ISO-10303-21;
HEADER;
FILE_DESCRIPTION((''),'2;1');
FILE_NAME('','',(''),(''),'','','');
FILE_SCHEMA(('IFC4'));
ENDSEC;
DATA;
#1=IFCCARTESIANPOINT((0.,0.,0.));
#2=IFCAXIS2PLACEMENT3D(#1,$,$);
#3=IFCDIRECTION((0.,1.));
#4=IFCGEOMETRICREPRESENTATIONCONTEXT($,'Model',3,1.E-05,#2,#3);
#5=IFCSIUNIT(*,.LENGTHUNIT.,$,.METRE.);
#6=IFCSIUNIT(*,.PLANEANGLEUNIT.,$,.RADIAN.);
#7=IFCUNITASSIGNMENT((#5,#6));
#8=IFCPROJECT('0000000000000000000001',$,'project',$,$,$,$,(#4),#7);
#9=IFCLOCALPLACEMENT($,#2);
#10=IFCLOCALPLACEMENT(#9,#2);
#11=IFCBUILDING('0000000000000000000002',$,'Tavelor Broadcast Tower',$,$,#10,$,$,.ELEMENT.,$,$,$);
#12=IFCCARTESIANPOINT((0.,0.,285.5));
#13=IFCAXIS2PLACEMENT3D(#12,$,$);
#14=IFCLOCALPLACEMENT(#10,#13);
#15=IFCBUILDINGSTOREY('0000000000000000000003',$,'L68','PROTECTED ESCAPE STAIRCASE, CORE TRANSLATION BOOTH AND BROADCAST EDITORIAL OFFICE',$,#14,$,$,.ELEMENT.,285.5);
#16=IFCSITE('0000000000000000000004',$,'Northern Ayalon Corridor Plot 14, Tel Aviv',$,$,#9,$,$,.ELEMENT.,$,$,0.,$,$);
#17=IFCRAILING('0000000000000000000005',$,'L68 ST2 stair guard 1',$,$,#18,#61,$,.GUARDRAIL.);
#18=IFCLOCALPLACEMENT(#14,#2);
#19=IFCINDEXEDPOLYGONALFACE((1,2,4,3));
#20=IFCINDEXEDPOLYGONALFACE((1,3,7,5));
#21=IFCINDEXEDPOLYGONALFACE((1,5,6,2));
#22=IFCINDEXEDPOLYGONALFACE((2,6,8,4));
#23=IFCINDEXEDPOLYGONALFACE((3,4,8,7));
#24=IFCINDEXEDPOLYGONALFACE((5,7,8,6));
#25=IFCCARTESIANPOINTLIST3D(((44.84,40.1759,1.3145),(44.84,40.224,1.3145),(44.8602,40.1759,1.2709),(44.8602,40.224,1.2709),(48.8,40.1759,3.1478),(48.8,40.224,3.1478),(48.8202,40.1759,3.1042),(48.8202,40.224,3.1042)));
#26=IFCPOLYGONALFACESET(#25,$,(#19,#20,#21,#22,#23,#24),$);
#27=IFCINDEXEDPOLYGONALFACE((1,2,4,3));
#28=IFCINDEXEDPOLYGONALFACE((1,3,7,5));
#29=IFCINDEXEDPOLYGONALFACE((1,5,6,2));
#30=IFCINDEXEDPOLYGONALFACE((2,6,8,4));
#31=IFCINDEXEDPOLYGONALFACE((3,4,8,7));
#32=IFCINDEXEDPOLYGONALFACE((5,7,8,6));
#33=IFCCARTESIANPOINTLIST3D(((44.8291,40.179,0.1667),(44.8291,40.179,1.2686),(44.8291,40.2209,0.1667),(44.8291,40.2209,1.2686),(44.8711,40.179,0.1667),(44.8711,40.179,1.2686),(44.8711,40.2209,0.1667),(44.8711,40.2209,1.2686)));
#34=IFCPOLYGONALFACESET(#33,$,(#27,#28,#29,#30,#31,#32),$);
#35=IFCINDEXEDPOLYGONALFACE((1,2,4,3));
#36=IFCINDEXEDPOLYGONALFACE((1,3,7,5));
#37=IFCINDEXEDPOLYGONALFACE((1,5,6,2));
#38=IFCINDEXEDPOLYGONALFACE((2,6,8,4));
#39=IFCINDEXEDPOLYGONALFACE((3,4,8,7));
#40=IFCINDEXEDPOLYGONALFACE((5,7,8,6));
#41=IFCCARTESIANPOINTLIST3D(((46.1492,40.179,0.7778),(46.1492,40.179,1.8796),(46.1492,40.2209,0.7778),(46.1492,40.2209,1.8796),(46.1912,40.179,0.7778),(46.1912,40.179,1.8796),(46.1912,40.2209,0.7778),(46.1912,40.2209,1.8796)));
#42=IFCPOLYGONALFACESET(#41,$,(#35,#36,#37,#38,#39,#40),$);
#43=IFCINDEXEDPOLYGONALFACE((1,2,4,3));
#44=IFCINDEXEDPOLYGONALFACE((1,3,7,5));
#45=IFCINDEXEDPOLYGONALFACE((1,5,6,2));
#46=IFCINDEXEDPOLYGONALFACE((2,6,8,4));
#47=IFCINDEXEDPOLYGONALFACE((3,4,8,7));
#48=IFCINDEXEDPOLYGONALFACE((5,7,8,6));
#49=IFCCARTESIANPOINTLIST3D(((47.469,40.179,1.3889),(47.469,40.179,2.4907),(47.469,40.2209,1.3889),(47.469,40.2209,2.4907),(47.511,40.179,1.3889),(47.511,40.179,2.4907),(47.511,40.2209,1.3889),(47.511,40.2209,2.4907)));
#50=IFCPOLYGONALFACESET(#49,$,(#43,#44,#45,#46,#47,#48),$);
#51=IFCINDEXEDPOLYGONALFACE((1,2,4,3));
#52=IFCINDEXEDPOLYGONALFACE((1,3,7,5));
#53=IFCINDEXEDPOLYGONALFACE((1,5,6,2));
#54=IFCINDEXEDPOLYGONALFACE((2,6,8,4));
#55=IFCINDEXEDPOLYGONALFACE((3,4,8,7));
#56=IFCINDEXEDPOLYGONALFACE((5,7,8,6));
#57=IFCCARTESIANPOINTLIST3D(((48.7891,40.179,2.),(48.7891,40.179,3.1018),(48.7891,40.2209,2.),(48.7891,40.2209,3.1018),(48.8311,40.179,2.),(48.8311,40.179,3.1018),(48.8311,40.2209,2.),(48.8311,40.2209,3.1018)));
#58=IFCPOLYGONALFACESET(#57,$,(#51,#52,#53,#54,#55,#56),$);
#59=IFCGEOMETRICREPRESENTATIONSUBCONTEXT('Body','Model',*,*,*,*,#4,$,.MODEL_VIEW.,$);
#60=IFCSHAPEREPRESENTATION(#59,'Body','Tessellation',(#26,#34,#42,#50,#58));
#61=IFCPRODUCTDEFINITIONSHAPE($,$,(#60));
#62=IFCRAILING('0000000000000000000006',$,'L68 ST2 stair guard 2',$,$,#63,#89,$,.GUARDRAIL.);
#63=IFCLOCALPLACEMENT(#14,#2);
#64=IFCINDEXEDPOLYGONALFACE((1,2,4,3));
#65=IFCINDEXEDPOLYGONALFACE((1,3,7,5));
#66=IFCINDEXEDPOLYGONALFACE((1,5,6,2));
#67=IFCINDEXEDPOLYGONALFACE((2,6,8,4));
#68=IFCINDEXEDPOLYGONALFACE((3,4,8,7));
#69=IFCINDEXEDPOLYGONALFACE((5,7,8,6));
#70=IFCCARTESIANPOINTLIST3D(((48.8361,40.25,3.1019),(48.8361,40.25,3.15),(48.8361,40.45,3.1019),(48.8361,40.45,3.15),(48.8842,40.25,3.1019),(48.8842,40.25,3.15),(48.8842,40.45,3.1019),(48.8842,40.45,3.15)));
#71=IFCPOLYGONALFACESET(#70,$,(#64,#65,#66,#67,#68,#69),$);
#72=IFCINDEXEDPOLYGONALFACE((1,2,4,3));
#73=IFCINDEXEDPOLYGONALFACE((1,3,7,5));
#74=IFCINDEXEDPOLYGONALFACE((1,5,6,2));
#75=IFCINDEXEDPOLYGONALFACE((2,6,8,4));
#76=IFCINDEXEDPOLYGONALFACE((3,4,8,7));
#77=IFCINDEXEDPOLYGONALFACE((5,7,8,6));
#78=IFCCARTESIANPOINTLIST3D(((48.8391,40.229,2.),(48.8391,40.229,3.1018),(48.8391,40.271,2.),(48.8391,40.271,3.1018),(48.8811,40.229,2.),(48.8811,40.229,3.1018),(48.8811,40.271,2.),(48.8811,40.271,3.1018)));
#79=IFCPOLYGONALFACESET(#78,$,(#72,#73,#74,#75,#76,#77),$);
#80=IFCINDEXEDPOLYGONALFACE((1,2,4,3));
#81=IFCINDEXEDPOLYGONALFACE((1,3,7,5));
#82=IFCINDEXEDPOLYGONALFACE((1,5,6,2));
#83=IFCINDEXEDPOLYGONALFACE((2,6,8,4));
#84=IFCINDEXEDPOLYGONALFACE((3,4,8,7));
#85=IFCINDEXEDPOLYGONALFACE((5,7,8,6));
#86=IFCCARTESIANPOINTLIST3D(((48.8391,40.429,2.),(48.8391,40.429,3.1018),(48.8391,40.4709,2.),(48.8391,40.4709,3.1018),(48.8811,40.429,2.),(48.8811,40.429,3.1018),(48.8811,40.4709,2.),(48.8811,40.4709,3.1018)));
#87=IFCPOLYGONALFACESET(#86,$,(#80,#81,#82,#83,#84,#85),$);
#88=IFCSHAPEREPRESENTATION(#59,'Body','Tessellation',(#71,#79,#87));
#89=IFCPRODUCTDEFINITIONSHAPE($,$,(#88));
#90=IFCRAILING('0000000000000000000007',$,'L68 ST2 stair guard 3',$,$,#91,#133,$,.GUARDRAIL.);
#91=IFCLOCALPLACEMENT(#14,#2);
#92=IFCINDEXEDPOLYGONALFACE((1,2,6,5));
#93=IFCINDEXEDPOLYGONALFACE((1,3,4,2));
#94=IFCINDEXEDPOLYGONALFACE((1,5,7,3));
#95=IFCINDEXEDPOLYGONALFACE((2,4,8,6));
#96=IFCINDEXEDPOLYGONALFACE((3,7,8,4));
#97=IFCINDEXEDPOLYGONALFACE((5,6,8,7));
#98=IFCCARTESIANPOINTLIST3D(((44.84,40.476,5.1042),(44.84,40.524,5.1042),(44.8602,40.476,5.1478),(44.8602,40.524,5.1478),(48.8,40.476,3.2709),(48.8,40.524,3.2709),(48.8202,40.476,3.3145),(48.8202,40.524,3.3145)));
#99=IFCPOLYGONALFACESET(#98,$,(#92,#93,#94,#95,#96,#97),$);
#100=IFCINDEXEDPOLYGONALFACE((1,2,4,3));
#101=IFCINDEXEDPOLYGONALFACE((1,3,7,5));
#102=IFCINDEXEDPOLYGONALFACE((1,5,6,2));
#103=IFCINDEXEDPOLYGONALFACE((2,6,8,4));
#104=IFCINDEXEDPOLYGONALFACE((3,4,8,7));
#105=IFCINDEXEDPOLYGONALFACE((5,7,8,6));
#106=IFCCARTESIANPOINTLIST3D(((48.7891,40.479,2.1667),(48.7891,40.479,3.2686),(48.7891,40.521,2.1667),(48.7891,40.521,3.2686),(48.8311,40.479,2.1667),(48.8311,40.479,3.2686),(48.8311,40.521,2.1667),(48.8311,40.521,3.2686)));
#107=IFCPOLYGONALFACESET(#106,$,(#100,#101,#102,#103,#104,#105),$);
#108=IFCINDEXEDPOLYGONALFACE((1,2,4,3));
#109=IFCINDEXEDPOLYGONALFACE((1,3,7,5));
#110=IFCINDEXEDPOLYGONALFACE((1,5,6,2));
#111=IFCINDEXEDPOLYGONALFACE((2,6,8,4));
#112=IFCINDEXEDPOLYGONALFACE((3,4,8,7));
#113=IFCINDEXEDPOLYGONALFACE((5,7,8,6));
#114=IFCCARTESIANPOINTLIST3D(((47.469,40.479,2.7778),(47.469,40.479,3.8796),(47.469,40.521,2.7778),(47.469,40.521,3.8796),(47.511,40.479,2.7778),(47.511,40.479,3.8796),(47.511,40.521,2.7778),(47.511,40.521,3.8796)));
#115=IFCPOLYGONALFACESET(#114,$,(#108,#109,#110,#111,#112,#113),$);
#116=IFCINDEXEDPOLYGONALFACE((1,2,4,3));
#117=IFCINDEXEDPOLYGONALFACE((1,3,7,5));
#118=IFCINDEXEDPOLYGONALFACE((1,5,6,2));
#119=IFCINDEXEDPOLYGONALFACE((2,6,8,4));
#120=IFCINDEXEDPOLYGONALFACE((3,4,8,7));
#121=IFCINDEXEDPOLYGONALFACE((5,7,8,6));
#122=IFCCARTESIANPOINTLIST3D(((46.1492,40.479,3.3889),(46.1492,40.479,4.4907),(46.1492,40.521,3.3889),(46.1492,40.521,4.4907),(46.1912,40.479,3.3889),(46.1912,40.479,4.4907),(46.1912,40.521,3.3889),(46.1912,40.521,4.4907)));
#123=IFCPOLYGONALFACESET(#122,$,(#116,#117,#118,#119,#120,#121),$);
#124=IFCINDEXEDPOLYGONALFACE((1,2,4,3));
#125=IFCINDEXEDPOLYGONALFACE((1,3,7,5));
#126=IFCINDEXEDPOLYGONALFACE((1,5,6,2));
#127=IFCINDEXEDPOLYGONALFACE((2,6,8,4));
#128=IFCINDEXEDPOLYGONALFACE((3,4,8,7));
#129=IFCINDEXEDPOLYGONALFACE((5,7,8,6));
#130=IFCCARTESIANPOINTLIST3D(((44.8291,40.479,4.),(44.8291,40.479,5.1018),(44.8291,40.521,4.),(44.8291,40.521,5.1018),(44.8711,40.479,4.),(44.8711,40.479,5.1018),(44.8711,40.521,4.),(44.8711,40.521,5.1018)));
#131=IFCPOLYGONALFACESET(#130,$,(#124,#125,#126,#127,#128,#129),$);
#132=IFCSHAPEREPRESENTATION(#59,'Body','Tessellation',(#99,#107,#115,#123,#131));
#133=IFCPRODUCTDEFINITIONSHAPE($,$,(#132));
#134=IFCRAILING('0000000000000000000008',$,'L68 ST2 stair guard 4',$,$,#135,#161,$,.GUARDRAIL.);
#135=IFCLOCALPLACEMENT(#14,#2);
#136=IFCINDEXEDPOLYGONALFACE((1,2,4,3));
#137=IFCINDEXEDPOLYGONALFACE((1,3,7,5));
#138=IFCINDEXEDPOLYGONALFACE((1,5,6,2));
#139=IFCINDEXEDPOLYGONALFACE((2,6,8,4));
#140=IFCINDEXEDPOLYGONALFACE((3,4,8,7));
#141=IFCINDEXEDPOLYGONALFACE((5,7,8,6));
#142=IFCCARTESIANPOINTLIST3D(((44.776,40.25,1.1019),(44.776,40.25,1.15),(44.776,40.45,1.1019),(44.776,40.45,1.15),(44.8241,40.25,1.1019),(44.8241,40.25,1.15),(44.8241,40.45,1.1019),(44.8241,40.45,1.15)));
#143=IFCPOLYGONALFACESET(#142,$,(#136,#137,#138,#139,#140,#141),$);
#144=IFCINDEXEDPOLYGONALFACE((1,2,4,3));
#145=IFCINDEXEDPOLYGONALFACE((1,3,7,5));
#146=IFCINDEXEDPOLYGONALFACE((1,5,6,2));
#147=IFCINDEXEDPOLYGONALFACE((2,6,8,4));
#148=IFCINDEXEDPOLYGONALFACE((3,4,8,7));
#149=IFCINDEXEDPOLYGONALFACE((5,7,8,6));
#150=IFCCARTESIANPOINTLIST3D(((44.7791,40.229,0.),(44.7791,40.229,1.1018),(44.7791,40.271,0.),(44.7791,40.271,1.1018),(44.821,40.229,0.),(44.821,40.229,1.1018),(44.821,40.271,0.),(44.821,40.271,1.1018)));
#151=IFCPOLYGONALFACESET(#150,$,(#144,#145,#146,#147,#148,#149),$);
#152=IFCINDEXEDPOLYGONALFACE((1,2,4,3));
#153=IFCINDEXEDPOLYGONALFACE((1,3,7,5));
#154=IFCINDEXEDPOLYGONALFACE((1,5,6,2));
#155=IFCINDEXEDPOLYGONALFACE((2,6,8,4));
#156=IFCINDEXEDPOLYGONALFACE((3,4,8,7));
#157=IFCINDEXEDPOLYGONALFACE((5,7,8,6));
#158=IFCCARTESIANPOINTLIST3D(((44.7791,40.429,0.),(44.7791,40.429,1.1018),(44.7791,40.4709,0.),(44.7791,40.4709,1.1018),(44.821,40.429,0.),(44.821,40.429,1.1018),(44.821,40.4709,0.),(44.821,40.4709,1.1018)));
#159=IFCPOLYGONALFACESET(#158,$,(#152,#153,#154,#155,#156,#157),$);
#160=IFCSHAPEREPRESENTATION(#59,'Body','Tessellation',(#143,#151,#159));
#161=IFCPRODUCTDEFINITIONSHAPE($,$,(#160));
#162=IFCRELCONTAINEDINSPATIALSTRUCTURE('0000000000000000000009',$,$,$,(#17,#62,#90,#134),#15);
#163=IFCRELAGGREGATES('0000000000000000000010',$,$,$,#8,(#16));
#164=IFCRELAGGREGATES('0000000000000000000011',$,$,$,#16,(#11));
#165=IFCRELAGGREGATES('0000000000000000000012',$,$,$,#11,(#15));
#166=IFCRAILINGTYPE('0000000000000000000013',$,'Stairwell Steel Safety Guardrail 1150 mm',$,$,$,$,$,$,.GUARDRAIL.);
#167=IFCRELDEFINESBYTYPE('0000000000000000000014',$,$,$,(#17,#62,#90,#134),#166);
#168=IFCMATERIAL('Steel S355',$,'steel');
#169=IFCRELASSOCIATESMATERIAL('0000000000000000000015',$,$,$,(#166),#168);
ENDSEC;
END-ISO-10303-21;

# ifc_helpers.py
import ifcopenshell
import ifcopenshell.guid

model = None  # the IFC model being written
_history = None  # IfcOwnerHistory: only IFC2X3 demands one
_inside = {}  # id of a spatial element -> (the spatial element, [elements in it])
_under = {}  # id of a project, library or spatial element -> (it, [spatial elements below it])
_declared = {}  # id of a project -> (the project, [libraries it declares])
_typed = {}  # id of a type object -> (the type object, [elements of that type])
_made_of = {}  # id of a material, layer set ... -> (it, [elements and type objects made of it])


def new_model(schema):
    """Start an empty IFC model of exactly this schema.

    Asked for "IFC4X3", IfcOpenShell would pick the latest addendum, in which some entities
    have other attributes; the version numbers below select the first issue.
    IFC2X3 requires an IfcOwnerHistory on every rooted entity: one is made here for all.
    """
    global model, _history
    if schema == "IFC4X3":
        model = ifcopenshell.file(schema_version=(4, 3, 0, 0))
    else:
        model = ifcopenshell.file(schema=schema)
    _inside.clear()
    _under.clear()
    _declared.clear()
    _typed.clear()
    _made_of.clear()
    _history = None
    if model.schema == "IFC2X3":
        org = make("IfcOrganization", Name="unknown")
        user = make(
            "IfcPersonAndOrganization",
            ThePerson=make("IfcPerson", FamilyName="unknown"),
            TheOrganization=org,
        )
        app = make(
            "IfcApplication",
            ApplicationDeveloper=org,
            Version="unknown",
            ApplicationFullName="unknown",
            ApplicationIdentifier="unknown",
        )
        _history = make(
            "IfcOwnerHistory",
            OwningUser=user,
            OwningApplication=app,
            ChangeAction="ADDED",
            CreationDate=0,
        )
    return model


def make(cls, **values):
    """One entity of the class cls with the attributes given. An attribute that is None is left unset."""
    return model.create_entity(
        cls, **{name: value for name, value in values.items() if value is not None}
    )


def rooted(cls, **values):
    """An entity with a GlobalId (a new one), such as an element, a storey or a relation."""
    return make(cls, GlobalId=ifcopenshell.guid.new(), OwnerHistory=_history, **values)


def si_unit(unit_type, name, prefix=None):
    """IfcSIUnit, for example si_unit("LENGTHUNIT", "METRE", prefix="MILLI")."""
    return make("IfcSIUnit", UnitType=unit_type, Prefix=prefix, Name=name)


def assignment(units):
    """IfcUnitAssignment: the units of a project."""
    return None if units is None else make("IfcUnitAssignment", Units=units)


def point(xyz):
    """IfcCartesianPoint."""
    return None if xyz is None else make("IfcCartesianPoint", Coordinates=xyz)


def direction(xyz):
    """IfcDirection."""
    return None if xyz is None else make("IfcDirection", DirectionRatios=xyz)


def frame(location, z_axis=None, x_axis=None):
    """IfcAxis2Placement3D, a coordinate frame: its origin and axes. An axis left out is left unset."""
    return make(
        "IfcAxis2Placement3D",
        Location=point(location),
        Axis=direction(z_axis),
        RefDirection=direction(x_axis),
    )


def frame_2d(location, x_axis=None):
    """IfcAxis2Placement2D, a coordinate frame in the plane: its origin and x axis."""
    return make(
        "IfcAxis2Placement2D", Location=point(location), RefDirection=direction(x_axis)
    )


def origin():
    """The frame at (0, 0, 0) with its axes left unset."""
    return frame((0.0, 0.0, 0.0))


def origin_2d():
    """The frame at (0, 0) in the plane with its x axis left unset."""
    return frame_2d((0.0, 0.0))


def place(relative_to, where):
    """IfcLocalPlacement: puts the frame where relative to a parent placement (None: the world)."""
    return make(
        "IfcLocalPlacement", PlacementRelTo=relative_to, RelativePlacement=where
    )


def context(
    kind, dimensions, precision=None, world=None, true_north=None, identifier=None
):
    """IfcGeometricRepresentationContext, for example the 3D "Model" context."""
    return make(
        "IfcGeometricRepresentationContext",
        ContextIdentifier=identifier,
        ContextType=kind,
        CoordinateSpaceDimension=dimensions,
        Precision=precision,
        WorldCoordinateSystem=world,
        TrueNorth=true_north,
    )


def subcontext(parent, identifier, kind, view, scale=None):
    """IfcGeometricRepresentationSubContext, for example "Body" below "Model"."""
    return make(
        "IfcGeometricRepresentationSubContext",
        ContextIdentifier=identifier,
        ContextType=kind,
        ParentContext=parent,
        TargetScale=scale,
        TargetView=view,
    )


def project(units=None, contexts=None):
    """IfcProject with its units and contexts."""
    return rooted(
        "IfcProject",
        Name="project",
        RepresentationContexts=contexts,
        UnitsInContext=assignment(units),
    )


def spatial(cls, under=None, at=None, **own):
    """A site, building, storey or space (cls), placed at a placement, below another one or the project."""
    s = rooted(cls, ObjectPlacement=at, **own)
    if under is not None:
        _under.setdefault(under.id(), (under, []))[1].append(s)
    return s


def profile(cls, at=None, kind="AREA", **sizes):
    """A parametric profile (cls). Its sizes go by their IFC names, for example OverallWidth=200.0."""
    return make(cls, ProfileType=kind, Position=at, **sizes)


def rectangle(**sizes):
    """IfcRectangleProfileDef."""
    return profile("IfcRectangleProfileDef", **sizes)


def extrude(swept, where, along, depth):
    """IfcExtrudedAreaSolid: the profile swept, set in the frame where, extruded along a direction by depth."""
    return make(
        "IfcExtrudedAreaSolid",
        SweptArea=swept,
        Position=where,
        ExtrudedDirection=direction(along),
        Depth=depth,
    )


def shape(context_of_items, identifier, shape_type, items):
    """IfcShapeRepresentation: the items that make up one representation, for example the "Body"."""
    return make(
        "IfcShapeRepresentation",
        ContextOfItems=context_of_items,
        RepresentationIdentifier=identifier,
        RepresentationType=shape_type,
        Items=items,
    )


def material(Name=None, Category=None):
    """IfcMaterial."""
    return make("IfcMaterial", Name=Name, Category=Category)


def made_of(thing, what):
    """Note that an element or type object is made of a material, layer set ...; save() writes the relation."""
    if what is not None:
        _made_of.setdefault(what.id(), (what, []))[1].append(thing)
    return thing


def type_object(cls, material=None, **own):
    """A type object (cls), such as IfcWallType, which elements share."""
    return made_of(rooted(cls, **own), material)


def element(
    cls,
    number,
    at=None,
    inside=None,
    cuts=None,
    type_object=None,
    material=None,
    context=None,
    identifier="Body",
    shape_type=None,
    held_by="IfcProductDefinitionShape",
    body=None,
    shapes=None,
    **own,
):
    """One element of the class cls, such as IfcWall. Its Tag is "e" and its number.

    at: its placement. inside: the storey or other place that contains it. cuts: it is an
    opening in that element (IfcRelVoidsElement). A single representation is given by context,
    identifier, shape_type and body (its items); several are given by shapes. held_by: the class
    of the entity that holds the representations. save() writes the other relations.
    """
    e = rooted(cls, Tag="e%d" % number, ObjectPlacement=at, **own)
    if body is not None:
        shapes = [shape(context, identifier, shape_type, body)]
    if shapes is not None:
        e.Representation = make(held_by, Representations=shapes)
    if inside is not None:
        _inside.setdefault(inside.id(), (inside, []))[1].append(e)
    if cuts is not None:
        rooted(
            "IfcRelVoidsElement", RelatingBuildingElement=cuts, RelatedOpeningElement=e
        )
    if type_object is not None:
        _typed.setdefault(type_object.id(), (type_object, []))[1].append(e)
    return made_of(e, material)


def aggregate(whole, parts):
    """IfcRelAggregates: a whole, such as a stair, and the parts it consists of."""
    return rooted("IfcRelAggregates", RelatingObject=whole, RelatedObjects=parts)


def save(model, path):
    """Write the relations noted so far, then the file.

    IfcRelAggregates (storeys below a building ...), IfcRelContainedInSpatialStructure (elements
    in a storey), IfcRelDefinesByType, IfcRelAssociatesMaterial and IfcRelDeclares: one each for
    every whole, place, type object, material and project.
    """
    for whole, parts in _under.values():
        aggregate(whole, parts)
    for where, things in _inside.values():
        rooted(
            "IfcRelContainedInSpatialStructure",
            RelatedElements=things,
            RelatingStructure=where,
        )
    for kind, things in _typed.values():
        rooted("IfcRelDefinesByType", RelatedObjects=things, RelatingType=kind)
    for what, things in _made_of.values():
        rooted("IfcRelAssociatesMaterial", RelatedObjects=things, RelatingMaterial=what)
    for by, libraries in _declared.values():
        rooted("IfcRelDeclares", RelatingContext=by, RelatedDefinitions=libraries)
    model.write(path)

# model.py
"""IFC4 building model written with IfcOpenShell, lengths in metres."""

from ifc_helpers import new_model, si_unit, direction, frame, origin, origin_2d, place, context, subcontext, project, spatial, rectangle, extrude, material, type_object, element, save


model = new_model("IFC4")

# Units and contexts
model_context = context("Model", 3, precision=1e-05, world=origin(), true_north=direction((0.0, 1.0)))
body_context = subcontext(model_context, "Body", "Model", "MODEL_VIEW")
ifc_project = project(units=[si_unit("LENGTHUNIT", "METRE"), si_unit("PLANEANGLEUNIT", "RADIAN")], contexts=[model_context])

# Site, building, storey
site_placement = place(None, origin())
site = spatial("IfcSite", under=ifc_project, at=site_placement, Name="Northern Ayalon Corridor Plot 14, Tel Aviv", CompositionType="ELEMENT", RefElevation=0.0)
building_placement = place(site_placement, origin())
building = spatial("IfcBuilding", under=site, at=building_placement, Name="Tavelor Broadcast Tower", CompositionType="ELEMENT")
storey_placement = place(building_placement, frame((0.0, 0.0, 285.5)))
storey = spatial("IfcBuildingStorey", under=building, at=storey_placement, Name="L68", Description="PROTECTED ESCAPE STAIRCASE, CORE TRANSLATION BOOTH AND BROADCAST EDITORIAL OFFICE", CompositionType="ELEMENT", Elevation=285.5)

# Shared definitions
ifc_material_1 = material(Name="Steel S355", Category="steel")

# Railings
railing_type_1 = type_object("IfcRailingType", Name="Stairwell Steel Safety Guardrail 1150 mm", PredefinedType="GUARDRAIL", material=ifc_material_1)
railing_1_placement = place(storey_placement, frame((44.8501, 40.2, 0.1667)))
element("IfcRailing", 1, at=railing_1_placement, inside=storey, type_object=railing_type_1, Name="L68 ST2 stair guard 1", PredefinedType="GUARDRAIL", context=body_context, shape_type="SweptSolid", body=[
    extrude(rectangle(XDim=0.0481, YDim=0.0481, at=origin_2d()), frame((0.0, 0.0, 1.126), z_axis=(0.907472, 0.0, 0.420112), x_axis=(0.0, 1.0, 0.0)), (0.0, 0.0, 1.0), 4.3638),
    extrude(rectangle(XDim=0.042, YDim=0.042, at=origin_2d()), origin(), (0.0, 0.0, 1.0), 1.1018),
    extrude(rectangle(XDim=0.042, YDim=0.042, at=origin_2d()), frame((1.3201, 0.0, 0.6111)), (0.0, 0.0, 1.0), 1.1018),
    extrude(rectangle(XDim=0.042, YDim=0.042, at=origin_2d()), frame((2.6399, 0.0, 1.2222)), (0.0, 0.0, 1.0), 1.1018),
    extrude(rectangle(XDim=0.042, YDim=0.042, at=origin_2d()), frame((3.96, 0.0, 1.8333)), (0.0, 0.0, 1.0), 1.1018),
])
railing_2_placement = place(storey_placement, frame((48.8601, 40.25, 2.0)))
element("IfcRailing", 2, at=railing_2_placement, inside=storey, type_object=railing_type_1, Name="L68 ST2 stair guard 2", PredefinedType="GUARDRAIL", context=body_context, shape_type="SweptSolid", body=[
    extrude(rectangle(XDim=0.0481, YDim=0.0481, at=origin_2d()), frame((0.0, 0.0, 1.126), z_axis=(0.0, 1.0, 0.0), x_axis=(-1.0, 0.0, 0.0)), (0.0, 0.0, 1.0), 0.2),
    extrude(rectangle(XDim=0.042, YDim=0.042, at=origin_2d()), origin(), (0.0, 0.0, 1.0), 1.1018),
    extrude(rectangle(XDim=0.042, YDim=0.042, at=origin_2d()), frame((0.0, 0.2, 0.0)), (0.0, 0.0, 1.0), 1.1018),
])
railing_3_placement = place(storey_placement, frame((48.8101, 40.5, 2.1667)))
element("IfcRailing", 3, at=railing_3_placement, inside=storey, type_object=railing_type_1, Name="L68 ST2 stair guard 3", PredefinedType="GUARDRAIL", context=body_context, shape_type="SweptSolid", body=[
    extrude(rectangle(XDim=0.0481, YDim=0.0481, at=origin_2d()), frame((0.0, 0.0, 1.126), z_axis=(-0.907472, 0.0, 0.420112), x_axis=(0.0, -1.0, 0.0)), (0.0, 0.0, 1.0), 4.3638),
    extrude(rectangle(XDim=0.042, YDim=0.042, at=origin_2d()), origin(), (0.0, 0.0, 1.0), 1.1018),
    extrude(rectangle(XDim=0.042, YDim=0.042, at=origin_2d()), frame((-1.3201, 0.0, 0.6111)), (0.0, 0.0, 1.0), 1.1018),
    extrude(rectangle(XDim=0.042, YDim=0.042, at=origin_2d()), frame((-2.6399, 0.0, 1.2222)), (0.0, 0.0, 1.0), 1.1018),
    extrude(rectangle(XDim=0.042, YDim=0.042, at=origin_2d()), frame((-3.96, 0.0, 1.8333)), (0.0, 0.0, 1.0), 1.1018),
])
railing_4_placement = place(storey_placement, frame((44.8, 40.25, 0.0)))
element("IfcRailing", 4, at=railing_4_placement, inside=storey, type_object=railing_type_1, Name="L68 ST2 stair guard 4", PredefinedType="GUARDRAIL", context=body_context, shape_type="SweptSolid", body=[
    extrude(rectangle(XDim=0.0481, YDim=0.0481, at=origin_2d()), frame((0.0, 0.0, 1.126), z_axis=(0.0, 1.0, 0.0), x_axis=(-1.0, 0.0, 0.0)), (0.0, 0.0, 1.0), 0.2),
    extrude(rectangle(XDim=0.042, YDim=0.042, at=origin_2d()), origin(), (0.0, 0.0, 1.0), 1.1018),
    extrude(rectangle(XDim=0.042, YDim=0.042, at=origin_2d()), frame((0.0, 0.2, 0.0)), (0.0, 0.0, 1.0), 1.1018),
])

save(model, "model.ifc")
